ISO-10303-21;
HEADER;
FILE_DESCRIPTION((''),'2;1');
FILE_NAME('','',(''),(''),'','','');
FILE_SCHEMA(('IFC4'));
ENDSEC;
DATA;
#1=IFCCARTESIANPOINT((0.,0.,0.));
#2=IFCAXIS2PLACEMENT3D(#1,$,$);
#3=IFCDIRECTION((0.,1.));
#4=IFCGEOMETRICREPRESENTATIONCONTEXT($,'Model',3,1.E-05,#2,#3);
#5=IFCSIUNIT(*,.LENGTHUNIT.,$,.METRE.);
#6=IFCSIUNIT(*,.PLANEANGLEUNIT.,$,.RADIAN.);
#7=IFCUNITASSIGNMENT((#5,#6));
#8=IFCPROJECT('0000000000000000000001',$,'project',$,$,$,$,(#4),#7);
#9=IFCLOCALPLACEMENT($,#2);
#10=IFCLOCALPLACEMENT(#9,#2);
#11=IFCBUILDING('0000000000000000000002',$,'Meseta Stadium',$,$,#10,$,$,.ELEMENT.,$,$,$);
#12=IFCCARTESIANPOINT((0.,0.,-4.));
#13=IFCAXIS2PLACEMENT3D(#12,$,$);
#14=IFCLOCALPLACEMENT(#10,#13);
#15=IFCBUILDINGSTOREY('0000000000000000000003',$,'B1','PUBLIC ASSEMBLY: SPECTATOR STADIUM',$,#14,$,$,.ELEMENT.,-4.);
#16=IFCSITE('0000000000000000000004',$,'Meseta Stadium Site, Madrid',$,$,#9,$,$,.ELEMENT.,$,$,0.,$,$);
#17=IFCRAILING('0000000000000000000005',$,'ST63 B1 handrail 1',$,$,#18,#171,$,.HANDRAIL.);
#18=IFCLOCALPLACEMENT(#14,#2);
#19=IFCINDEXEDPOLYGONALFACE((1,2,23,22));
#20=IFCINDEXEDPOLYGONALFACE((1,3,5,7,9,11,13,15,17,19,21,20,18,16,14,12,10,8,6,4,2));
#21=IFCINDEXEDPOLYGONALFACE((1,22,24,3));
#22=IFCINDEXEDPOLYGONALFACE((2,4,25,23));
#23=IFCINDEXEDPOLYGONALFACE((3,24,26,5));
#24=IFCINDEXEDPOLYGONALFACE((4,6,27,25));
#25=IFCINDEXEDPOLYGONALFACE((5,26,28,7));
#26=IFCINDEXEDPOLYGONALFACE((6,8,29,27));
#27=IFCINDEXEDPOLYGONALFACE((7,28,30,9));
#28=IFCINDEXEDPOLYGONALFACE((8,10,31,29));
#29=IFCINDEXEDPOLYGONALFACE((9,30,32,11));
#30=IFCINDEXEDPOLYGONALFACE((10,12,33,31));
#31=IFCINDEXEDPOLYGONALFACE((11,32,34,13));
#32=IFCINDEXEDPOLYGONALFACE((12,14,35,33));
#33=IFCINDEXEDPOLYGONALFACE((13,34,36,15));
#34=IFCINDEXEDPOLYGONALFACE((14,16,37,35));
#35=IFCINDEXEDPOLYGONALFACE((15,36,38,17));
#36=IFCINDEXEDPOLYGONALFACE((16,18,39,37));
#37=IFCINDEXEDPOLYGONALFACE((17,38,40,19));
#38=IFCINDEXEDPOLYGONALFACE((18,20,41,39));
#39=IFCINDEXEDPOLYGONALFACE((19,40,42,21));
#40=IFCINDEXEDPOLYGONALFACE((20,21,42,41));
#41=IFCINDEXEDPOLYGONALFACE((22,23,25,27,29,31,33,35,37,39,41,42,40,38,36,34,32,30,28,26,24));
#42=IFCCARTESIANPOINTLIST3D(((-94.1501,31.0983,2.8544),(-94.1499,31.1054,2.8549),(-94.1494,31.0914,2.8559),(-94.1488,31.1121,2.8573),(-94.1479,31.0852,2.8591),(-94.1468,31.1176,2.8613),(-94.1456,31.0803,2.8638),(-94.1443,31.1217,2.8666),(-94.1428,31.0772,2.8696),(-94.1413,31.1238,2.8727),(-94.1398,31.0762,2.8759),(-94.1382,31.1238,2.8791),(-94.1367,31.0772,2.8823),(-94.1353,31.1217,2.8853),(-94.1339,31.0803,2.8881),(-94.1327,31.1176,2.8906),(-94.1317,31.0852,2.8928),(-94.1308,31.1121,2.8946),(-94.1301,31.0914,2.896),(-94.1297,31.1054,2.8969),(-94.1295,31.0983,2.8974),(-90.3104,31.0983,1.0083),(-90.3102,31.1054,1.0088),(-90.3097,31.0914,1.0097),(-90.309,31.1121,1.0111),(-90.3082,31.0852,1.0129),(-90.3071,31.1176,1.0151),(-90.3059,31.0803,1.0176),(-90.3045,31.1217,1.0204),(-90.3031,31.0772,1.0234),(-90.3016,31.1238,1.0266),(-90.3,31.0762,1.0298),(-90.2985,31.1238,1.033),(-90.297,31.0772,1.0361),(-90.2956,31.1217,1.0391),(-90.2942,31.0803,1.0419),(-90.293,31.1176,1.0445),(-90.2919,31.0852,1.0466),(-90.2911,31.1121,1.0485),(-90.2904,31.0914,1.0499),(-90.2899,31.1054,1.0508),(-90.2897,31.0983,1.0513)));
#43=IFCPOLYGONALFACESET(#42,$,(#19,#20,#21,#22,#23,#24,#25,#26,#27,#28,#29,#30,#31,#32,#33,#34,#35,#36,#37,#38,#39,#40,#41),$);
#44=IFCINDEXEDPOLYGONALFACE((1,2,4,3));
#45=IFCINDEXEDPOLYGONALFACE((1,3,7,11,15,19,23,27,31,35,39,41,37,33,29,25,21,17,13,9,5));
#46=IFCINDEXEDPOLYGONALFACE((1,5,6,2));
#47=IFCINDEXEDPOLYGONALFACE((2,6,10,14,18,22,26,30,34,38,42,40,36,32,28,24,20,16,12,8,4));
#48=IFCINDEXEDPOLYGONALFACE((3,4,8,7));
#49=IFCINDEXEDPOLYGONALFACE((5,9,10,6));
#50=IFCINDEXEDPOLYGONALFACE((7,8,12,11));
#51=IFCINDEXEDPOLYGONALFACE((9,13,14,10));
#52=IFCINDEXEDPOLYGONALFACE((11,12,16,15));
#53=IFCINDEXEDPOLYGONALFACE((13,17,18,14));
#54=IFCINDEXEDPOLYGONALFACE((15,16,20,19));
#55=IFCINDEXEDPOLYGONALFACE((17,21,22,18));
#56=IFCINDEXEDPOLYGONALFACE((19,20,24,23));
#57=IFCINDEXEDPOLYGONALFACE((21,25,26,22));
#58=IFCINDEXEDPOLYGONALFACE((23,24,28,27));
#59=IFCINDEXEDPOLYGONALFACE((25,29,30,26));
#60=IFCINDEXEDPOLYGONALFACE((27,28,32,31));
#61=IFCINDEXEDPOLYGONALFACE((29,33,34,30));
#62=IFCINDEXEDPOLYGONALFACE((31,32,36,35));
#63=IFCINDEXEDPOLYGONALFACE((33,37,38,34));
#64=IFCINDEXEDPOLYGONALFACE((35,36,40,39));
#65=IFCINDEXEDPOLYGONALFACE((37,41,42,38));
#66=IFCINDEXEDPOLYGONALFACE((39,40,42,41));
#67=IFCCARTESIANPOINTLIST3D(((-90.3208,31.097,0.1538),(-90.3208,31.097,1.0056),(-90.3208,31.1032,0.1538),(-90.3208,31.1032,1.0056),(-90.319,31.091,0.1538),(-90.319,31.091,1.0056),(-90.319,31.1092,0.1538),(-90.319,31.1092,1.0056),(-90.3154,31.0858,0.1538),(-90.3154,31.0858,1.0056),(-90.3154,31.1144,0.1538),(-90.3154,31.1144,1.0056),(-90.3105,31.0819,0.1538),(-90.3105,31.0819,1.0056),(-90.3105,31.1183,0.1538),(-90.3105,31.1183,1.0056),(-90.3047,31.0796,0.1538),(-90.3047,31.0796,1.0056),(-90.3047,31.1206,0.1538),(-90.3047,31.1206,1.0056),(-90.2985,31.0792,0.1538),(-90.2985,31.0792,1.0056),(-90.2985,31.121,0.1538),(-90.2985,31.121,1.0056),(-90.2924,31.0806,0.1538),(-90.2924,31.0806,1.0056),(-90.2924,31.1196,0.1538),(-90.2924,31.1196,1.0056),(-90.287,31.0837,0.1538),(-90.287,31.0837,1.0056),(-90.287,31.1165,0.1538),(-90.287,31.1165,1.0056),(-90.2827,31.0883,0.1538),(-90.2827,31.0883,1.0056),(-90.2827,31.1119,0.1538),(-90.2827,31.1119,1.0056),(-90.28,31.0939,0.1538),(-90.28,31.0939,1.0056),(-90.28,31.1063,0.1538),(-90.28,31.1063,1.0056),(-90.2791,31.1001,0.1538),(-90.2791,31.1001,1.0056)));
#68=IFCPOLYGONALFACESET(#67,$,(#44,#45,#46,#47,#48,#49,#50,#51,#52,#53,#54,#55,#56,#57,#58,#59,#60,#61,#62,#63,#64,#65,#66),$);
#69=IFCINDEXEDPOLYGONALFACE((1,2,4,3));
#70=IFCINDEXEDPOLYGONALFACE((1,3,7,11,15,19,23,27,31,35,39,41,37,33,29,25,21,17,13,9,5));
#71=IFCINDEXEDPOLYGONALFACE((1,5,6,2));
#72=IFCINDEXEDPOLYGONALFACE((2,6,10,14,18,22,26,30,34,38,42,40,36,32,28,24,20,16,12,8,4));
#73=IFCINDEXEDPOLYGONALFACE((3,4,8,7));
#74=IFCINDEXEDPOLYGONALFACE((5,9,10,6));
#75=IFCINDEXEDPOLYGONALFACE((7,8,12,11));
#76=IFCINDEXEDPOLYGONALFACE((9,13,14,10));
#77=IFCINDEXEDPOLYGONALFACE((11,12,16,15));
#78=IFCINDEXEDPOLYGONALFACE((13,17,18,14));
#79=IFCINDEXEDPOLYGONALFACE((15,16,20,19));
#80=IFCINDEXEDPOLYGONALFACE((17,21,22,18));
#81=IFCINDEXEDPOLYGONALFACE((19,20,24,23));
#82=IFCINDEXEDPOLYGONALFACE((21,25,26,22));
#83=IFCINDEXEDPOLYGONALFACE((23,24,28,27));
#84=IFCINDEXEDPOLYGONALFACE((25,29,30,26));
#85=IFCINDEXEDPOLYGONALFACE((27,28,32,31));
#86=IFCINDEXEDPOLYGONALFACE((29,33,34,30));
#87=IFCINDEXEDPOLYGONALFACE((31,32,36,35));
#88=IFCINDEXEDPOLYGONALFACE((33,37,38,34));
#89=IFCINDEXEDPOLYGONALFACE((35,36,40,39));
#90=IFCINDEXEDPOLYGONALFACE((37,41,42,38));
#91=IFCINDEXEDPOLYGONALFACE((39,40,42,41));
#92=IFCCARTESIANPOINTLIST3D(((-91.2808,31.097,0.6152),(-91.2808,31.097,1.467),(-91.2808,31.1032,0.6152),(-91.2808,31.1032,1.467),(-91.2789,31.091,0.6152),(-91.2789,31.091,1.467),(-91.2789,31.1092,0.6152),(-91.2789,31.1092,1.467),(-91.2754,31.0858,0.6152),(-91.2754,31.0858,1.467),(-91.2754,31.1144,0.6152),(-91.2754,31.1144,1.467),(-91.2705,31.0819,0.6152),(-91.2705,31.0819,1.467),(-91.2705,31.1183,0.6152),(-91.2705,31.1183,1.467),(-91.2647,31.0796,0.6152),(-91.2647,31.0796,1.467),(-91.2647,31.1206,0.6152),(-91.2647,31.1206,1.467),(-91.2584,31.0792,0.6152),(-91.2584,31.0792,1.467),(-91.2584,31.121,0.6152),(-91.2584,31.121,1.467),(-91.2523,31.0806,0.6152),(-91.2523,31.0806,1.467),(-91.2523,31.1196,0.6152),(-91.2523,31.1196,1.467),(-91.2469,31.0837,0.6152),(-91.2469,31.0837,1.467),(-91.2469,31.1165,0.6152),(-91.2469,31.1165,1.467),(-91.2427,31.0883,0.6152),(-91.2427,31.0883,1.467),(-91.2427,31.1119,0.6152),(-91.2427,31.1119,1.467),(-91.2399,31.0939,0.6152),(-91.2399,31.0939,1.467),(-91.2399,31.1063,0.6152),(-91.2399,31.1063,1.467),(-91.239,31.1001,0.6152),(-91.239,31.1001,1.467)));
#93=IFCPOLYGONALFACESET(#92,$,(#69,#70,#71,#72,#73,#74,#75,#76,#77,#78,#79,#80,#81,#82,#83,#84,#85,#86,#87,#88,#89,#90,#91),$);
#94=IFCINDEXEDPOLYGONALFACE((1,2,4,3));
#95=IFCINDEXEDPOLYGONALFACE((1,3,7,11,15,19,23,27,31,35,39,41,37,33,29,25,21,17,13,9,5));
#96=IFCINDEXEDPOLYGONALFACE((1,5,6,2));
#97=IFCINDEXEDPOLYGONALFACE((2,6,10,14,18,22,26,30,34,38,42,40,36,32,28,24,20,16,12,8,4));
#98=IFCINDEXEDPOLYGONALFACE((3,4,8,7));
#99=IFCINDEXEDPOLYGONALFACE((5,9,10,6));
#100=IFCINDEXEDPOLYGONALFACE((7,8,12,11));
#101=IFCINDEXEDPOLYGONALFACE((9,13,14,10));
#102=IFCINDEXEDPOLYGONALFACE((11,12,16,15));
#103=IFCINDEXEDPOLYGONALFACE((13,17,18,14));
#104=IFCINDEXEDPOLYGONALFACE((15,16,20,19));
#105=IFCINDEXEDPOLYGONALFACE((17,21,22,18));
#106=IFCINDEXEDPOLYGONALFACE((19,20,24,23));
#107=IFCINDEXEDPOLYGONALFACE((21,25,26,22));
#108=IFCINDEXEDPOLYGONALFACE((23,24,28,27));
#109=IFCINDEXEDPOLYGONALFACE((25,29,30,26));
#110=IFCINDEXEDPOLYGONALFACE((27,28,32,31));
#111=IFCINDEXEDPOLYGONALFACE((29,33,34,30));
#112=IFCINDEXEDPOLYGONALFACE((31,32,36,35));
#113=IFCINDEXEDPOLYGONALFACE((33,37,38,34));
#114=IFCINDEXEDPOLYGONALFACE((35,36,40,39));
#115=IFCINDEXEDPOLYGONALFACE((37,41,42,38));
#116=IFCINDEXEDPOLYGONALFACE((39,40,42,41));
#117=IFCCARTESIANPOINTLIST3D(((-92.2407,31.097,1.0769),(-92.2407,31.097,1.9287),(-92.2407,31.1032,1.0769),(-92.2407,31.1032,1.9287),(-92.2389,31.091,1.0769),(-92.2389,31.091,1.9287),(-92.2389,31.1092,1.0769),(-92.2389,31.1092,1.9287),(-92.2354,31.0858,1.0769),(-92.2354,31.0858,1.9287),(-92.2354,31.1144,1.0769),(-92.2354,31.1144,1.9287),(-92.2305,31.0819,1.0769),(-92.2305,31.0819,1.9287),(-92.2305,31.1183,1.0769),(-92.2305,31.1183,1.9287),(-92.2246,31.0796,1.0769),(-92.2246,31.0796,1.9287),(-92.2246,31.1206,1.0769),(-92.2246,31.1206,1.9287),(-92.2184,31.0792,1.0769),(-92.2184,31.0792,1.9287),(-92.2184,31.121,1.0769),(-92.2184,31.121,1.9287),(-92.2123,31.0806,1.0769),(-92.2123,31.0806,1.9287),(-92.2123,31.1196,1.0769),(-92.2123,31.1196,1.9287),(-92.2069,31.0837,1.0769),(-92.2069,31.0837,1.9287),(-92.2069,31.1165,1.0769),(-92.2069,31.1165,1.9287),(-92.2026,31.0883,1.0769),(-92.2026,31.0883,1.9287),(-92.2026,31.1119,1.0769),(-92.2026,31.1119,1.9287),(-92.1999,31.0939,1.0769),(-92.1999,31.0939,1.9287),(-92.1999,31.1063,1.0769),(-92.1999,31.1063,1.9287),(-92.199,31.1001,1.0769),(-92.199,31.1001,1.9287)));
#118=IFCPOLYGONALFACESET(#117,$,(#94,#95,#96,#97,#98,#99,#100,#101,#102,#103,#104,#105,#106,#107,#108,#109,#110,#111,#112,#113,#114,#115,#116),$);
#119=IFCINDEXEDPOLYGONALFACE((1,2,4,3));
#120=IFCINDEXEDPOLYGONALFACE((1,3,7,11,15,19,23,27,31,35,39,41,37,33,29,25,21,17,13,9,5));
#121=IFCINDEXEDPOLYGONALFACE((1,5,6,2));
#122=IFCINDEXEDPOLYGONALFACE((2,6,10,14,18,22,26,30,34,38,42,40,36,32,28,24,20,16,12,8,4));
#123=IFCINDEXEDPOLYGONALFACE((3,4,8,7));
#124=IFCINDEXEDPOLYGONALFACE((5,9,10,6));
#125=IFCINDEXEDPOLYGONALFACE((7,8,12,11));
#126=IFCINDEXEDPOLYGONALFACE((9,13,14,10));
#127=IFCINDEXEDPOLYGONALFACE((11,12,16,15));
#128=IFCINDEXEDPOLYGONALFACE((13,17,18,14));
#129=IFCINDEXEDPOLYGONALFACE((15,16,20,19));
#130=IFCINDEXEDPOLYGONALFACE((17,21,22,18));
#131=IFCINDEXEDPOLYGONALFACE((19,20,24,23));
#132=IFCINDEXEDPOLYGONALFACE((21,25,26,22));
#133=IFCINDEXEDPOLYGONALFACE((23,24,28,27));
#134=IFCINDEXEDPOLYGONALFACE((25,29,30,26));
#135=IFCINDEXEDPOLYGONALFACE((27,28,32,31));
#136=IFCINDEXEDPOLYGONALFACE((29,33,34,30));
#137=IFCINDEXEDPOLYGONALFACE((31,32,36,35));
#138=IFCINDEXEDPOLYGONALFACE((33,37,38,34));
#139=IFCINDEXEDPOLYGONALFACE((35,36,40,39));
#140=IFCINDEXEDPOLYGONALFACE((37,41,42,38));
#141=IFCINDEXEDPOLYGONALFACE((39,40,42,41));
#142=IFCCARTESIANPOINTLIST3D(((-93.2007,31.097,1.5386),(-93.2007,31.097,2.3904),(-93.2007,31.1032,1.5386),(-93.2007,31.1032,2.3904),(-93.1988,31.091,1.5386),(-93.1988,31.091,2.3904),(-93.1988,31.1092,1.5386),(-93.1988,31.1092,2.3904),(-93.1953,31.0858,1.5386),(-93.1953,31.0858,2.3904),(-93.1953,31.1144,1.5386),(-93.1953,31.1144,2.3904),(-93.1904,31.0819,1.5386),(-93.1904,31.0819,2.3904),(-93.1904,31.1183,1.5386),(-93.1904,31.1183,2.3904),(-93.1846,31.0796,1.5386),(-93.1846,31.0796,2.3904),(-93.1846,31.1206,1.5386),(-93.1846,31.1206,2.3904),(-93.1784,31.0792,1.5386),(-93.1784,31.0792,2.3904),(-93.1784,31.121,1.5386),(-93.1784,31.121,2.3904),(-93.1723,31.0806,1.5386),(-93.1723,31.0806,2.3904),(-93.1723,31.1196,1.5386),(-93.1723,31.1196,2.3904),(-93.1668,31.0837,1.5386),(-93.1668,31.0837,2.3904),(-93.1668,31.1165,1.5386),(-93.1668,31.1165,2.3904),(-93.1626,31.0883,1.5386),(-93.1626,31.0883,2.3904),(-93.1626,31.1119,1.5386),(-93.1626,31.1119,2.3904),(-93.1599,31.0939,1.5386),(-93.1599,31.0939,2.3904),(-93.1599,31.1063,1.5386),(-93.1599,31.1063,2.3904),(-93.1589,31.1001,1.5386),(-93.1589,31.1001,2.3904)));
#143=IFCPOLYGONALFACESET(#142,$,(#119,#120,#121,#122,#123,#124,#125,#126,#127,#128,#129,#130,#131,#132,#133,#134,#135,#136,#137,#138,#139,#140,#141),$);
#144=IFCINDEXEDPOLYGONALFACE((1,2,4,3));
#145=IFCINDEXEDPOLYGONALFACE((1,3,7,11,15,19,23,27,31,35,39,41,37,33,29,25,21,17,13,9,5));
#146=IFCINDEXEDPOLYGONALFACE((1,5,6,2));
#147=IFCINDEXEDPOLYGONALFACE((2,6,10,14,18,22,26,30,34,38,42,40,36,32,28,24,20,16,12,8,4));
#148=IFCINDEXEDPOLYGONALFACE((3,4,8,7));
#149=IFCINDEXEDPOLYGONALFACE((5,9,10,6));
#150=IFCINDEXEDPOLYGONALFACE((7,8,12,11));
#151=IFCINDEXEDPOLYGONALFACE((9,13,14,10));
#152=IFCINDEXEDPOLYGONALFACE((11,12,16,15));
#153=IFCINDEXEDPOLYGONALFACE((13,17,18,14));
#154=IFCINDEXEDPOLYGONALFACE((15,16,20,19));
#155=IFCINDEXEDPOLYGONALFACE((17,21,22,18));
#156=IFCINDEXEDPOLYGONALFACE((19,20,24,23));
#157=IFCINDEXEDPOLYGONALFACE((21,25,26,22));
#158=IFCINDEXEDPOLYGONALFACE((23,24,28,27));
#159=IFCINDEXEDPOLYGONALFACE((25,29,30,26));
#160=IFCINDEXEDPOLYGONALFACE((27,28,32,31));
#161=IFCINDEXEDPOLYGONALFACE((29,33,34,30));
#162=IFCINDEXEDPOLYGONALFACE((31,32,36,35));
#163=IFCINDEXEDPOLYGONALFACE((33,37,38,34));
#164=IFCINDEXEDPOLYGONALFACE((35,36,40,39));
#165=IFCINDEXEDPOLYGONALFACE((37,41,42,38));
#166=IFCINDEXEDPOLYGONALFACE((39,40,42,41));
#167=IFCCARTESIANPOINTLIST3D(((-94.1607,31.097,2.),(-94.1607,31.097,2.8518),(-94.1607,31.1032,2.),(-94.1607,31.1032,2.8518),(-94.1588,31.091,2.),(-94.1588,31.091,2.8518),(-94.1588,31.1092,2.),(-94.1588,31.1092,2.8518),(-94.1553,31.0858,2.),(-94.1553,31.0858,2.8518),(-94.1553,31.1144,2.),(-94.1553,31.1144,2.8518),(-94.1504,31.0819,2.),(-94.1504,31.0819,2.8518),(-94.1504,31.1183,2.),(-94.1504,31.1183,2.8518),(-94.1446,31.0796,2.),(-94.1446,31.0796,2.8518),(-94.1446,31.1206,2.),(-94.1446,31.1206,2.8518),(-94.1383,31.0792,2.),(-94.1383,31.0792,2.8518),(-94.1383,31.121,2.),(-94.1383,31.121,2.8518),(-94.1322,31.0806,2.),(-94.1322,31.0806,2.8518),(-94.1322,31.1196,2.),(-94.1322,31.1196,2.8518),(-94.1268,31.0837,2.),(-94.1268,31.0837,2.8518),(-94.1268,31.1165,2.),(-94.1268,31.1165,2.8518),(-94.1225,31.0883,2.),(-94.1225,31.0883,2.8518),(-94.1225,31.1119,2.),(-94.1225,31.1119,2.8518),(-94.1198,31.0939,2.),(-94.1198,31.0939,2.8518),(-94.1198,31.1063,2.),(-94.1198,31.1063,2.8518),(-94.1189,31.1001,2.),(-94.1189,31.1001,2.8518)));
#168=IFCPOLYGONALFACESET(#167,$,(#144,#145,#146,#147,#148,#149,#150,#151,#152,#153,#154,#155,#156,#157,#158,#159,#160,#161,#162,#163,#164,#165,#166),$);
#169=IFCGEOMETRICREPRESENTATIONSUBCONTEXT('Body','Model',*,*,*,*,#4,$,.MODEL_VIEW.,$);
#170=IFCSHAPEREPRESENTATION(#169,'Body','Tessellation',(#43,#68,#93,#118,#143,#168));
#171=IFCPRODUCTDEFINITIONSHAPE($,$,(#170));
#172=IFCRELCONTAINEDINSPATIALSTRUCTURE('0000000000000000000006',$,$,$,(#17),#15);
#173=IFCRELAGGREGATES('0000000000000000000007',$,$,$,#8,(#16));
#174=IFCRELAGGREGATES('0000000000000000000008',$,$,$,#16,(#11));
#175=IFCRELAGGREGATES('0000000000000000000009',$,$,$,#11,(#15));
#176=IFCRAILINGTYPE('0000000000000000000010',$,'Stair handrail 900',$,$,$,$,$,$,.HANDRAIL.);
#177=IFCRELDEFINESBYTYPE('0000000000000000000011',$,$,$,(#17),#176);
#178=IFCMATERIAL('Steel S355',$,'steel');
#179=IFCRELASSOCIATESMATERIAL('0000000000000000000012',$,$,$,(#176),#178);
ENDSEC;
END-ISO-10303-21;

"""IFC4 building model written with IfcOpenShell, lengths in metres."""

from ifc_helpers import new_model, si_unit, direction, frame, origin, origin_2d, place, context, subcontext, project, spatial, circle, extrude, material, type_object, element, save


model = new_model("IFC4")

# Units and contexts
model_context = context("Model", 3, precision=1e-05, world=origin(), true_north=direction((0.0, 1.0)))
body_context = subcontext(model_context, "Body", "Model", "MODEL_VIEW")
ifc_project = project(units=[si_unit("LENGTHUNIT", "METRE"), si_unit("PLANEANGLEUNIT", "RADIAN")], contexts=[model_context])

# Site, building, storey
site_placement = place(None, origin())
site = spatial("IfcSite", under=ifc_project, at=site_placement, Name="Meseta Stadium Site, Madrid", CompositionType="ELEMENT", RefElevation=0.0)
building_placement = place(site_placement, origin())
building = spatial("IfcBuilding", under=site, at=building_placement, Name="Meseta Stadium", CompositionType="ELEMENT")
storey_placement = place(building_placement, frame((0.0, 0.0, -4.0)))
storey = spatial("IfcBuildingStorey", under=building, at=storey_placement, Name="B1", Description="PUBLIC ASSEMBLY: SPECTATOR STADIUM", CompositionType="ELEMENT", Elevation=-4.0)

# Railing
ifc_material_1 = material(Name="Steel S355", Category="steel")
railing_type_1 = type_object("IfcRailingType", Name="Stair handrail 900", PredefinedType="HANDRAIL", material=ifc_material_1)
for number, where, name in (
    (1, (-90.3, 31.1001, 0.1538), "ST63 B1 handrail 1"),
):
    element("IfcRailing", number, at=place(storey_placement, frame(where)), inside=storey, type_object=railing_type_1, Name=name, PredefinedType="HANDRAIL", context=body_context, shape_type="SweptSolid", body=[
        extrude(circle(Radius=0.0239, at=origin_2d()), frame((0.0, 0.0, 0.876), z_axis=(-0.901242, 0.0, 0.433316), x_axis=(0.0, -1.0, 0.0)), (0.0, 0.0, 1.0), 4.2605),
        extrude(circle(Radius=0.021, at=origin_2d()), origin(), (0.0, 0.0, 1.0), 0.8518),
        extrude(circle(Radius=0.021, at=origin_2d()), frame((-0.96, 0.0, 0.4614)), (0.0, 0.0, 1.0), 0.8518),
        extrude(circle(Radius=0.021, at=origin_2d()), frame((-1.9199, 0.0, 0.9231)), (0.0, 0.0, 1.0), 0.8518),
        extrude(circle(Radius=0.021, at=origin_2d()), frame((-2.8799, 0.0, 1.3848)), (0.0, 0.0, 1.0), 0.8518),
        extrude(circle(Radius=0.021, at=origin_2d()), frame((-3.8398, 0.0, 1.8462)), (0.0, 0.0, 1.0), 0.8518),
    ])

save(model, "model.ifc")
